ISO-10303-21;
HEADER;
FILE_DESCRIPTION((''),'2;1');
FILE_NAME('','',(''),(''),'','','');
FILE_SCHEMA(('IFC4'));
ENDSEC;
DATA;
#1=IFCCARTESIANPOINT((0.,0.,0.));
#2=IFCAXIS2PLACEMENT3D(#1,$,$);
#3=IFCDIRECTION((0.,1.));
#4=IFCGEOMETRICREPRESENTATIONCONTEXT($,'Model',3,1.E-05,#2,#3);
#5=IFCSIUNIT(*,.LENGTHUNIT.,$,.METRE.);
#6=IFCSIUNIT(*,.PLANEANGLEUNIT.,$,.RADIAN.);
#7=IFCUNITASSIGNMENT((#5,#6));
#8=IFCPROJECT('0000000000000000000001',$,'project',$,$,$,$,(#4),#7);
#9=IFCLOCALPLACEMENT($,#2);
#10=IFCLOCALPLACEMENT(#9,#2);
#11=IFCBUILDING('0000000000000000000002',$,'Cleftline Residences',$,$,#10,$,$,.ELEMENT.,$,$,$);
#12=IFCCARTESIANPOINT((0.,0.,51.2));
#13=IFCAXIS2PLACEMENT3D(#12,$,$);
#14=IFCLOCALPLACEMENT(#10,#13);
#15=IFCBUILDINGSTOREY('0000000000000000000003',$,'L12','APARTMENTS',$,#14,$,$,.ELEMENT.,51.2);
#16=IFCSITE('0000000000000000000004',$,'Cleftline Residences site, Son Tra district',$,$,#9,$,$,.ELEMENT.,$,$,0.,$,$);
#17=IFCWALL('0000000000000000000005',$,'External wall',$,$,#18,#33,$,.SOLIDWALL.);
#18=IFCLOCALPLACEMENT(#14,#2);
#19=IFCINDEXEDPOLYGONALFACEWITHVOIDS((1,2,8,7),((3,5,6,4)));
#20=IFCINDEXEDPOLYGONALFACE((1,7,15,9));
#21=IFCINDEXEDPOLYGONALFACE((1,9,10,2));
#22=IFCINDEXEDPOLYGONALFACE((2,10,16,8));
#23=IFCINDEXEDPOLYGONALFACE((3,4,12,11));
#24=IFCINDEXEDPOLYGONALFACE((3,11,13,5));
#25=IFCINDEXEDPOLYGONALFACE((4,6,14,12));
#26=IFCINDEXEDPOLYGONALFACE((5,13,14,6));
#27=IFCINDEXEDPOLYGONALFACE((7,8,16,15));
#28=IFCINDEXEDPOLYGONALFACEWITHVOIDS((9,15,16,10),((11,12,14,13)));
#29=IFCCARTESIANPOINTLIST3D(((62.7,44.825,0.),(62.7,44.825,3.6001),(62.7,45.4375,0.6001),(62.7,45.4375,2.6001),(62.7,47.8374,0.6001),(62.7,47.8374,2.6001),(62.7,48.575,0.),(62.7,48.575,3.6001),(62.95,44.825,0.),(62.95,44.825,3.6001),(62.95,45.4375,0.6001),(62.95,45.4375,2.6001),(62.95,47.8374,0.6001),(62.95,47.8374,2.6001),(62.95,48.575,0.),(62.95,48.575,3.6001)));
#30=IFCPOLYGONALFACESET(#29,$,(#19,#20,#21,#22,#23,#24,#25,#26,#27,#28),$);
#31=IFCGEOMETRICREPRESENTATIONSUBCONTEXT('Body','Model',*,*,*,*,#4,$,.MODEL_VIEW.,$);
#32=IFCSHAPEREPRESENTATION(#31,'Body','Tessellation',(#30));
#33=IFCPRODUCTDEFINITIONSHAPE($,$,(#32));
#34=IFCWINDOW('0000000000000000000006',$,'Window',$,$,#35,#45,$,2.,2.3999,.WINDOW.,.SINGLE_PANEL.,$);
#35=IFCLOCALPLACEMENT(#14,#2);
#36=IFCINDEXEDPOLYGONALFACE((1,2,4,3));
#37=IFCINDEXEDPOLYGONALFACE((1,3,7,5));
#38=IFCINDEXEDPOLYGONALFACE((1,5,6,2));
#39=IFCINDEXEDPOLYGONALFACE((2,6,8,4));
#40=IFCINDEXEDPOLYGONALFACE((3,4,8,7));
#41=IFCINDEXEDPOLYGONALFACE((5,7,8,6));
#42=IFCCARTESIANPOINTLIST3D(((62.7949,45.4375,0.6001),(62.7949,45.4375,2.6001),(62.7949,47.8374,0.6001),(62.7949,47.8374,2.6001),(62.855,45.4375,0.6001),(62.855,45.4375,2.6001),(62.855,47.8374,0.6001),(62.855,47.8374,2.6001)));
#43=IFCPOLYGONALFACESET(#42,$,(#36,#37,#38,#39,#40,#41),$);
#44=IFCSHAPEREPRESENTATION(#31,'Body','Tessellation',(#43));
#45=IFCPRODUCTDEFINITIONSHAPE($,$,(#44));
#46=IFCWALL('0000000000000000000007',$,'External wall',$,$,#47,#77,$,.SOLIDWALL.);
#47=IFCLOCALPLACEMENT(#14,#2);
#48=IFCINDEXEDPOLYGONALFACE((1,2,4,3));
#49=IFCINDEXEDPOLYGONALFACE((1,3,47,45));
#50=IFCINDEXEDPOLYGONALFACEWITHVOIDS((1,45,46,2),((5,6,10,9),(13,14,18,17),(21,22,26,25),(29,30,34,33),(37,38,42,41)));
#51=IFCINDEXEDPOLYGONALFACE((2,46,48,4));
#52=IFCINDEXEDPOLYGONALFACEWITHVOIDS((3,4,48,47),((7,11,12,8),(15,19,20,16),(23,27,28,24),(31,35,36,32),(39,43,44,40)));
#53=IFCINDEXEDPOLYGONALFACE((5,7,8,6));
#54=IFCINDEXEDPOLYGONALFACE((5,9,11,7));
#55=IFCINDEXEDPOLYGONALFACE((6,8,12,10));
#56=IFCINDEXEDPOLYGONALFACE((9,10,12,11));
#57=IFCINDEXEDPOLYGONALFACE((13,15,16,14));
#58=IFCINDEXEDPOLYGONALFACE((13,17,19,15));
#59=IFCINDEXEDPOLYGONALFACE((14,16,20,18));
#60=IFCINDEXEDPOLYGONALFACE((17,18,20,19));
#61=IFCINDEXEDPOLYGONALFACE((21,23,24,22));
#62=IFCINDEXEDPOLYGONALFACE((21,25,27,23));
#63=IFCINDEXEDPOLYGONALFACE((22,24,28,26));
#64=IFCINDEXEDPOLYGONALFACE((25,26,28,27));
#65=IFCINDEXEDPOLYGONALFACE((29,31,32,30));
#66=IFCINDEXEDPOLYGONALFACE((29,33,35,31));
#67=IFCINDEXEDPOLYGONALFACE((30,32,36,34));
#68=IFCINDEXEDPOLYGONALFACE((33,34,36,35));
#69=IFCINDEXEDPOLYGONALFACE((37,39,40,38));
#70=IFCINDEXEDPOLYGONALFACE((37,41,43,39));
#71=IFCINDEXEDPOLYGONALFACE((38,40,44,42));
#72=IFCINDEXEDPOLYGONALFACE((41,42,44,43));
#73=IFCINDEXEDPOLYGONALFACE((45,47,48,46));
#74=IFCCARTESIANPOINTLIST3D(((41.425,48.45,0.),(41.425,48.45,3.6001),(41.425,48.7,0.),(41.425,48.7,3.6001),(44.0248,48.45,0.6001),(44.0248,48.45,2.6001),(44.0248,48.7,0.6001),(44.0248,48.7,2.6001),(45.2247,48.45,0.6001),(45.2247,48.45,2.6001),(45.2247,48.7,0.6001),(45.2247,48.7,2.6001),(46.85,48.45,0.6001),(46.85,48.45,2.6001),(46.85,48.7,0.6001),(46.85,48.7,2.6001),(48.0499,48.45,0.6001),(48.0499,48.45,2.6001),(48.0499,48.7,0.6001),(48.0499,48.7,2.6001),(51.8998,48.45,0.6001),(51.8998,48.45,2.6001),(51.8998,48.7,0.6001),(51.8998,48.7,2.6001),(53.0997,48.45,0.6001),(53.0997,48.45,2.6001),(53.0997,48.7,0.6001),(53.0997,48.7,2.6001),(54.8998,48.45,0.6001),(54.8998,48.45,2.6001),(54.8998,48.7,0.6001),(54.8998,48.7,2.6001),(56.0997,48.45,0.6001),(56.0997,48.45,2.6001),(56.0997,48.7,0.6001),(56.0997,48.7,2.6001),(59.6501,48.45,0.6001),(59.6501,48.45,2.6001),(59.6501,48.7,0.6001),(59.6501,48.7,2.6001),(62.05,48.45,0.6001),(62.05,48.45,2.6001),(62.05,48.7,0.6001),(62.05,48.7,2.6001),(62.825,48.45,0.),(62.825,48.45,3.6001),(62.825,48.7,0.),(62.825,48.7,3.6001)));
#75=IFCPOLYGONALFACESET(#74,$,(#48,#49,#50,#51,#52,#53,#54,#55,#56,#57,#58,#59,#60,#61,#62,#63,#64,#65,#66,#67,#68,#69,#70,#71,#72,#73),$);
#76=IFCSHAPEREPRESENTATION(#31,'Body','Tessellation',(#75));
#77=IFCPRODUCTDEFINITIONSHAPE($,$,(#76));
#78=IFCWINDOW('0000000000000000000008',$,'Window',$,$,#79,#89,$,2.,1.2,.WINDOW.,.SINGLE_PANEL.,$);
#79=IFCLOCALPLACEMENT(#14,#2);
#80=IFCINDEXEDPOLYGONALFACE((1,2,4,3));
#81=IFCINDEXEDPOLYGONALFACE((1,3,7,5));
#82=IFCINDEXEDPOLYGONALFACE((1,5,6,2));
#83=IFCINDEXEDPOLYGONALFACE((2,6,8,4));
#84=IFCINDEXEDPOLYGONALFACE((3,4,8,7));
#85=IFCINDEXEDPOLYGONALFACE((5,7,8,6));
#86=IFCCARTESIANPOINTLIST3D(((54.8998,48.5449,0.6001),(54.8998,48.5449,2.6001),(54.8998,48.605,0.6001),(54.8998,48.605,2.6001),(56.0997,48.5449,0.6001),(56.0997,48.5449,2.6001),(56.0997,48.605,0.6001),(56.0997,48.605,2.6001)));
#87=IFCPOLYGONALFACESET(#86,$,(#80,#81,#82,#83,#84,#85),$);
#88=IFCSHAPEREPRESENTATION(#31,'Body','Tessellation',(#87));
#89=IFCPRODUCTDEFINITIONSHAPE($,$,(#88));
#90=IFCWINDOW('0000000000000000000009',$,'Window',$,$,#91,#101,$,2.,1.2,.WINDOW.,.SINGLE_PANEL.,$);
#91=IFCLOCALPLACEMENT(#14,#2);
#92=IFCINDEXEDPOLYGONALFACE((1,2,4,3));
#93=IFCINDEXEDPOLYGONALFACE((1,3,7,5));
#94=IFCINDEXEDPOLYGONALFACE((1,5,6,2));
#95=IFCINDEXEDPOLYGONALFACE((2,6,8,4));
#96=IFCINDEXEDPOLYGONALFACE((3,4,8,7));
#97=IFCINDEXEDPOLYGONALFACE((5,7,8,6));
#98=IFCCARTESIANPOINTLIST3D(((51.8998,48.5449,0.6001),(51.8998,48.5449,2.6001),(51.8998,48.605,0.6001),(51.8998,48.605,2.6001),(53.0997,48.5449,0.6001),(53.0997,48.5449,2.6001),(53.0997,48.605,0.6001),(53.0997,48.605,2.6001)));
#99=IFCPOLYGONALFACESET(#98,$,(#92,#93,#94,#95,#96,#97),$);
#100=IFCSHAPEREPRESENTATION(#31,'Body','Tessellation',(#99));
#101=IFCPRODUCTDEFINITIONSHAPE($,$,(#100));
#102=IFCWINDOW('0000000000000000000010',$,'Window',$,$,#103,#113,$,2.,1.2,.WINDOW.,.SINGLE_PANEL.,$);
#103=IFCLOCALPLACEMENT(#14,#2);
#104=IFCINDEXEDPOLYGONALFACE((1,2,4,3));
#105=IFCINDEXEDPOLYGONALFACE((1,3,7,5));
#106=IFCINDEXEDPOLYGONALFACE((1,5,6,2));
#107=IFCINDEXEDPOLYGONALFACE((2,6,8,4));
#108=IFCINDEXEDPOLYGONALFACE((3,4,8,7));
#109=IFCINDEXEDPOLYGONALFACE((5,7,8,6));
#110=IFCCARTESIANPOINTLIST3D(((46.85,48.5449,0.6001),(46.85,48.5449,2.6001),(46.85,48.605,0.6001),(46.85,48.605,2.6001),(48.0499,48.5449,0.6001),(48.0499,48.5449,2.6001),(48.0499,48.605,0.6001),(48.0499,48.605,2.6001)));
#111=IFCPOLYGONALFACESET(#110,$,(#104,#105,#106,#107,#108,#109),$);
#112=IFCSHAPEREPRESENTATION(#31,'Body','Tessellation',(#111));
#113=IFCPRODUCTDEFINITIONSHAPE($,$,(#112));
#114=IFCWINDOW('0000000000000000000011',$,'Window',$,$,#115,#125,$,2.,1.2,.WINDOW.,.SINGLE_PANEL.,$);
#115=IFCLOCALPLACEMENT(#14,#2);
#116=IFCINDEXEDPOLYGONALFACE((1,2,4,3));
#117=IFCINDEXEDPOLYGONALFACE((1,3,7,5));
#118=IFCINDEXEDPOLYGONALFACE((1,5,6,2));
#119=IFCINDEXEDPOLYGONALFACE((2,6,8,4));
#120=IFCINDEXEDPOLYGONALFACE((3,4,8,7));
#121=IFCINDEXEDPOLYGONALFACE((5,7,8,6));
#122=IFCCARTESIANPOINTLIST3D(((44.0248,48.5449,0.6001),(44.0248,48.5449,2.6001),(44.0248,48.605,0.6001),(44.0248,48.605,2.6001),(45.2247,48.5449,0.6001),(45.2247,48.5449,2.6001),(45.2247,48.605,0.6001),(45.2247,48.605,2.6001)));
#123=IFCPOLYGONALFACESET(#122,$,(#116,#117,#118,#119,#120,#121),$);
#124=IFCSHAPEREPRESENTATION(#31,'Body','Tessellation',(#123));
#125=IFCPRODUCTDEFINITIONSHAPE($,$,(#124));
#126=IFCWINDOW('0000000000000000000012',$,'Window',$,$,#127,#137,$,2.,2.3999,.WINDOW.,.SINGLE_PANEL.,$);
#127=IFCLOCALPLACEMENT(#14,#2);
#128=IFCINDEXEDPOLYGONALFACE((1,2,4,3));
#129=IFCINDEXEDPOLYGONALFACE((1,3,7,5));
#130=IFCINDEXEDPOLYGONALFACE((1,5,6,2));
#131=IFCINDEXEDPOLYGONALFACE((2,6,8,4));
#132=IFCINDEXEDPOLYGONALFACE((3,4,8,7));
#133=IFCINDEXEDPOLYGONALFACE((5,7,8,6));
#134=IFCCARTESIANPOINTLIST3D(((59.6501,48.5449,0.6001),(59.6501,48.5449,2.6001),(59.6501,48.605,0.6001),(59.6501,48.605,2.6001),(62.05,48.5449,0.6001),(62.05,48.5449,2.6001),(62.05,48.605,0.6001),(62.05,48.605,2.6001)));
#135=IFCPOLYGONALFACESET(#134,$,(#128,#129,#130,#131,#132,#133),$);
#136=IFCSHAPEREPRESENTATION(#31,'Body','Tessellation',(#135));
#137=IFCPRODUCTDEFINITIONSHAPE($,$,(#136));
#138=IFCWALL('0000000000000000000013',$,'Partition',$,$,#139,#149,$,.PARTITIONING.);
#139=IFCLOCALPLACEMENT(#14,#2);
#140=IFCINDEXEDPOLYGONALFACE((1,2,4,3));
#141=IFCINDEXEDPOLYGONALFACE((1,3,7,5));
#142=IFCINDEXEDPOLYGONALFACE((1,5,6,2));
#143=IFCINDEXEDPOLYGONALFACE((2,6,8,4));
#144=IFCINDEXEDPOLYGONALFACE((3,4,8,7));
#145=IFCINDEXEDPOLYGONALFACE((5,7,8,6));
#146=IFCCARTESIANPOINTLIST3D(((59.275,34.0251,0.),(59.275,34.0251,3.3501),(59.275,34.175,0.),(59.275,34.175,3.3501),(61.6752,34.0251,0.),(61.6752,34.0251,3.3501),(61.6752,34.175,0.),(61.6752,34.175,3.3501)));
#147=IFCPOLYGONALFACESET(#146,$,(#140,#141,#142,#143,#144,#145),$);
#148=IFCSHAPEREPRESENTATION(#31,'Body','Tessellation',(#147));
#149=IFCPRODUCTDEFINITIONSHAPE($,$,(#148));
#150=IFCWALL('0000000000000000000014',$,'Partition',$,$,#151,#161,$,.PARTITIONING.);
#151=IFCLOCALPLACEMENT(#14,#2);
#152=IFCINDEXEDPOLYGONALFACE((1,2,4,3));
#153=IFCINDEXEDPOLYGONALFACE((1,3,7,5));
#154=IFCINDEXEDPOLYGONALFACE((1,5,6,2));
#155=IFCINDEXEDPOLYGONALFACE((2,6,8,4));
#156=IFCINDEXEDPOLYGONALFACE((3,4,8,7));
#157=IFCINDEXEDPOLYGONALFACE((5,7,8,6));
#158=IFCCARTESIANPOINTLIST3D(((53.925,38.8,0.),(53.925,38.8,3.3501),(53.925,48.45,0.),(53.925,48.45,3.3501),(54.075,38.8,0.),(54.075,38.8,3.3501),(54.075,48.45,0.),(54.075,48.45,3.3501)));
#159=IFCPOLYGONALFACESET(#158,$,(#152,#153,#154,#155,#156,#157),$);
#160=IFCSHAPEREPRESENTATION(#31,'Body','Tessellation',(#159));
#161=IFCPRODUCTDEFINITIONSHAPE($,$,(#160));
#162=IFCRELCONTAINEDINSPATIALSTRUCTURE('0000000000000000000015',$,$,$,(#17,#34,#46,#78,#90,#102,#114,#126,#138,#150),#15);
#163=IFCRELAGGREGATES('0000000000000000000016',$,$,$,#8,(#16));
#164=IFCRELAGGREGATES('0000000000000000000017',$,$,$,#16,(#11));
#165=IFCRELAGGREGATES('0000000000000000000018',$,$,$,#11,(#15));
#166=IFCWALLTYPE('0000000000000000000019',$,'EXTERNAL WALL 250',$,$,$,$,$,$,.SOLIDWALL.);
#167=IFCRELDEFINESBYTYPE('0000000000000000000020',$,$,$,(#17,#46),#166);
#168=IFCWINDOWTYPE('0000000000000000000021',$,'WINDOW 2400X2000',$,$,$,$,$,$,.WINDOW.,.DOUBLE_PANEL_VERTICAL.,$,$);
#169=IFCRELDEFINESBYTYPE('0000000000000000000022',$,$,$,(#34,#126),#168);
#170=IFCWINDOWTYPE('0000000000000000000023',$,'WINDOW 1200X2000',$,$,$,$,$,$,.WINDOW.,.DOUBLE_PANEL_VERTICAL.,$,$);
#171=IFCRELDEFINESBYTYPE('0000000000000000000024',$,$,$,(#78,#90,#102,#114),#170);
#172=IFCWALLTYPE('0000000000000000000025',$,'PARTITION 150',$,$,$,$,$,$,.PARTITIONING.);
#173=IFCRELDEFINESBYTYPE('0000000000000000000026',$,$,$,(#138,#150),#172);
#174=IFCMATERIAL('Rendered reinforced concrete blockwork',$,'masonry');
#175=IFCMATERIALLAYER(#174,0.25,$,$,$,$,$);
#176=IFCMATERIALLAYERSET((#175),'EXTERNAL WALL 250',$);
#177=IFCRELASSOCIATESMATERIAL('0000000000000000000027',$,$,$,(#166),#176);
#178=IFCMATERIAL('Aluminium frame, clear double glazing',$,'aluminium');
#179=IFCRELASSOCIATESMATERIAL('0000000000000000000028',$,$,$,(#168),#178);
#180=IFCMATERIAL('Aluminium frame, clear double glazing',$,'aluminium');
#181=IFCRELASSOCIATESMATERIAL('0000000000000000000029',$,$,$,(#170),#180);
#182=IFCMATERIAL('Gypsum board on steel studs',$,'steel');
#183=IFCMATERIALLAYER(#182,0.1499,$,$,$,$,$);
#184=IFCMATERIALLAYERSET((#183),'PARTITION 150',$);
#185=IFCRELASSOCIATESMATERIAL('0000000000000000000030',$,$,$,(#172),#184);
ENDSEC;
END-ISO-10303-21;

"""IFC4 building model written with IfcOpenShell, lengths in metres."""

from ifc_helpers import new_model, si_unit, direction, frame, frame_2d, origin, place, context, subcontext, project, spatial, rectangle, extrude, material, layer, layer_set, type_object, element, fill, save


model = new_model("IFC4")

# Units and contexts
model_context = context("Model", 3, precision=1e-05, world=origin(), true_north=direction((0.0, 1.0)))
body_context = subcontext(model_context, "Body", "Model", "MODEL_VIEW")
ifc_project = project(units=[si_unit("LENGTHUNIT", "METRE"), si_unit("PLANEANGLEUNIT", "RADIAN")], contexts=[model_context])

# Site, building, storey
site_placement = place(None, origin())
site = spatial("IfcSite", under=ifc_project, at=site_placement, Name="Cleftline Residences site, Son Tra district", CompositionType="ELEMENT", RefElevation=0.0)
building_placement = place(site_placement, origin())
building = spatial("IfcBuilding", under=site, at=building_placement, Name="Cleftline Residences", CompositionType="ELEMENT")
storey_placement = place(building_placement, frame((0.0, 0.0, 51.2)))
storey = spatial("IfcBuildingStorey", under=building, at=storey_placement, Name="L12", Description="APARTMENTS", CompositionType="ELEMENT", Elevation=51.2)

# Wall, opening, window
ifc_material_1 = material(Name="Rendered reinforced concrete blockwork", Category="masonry")
ifc_layer_1 = layer(ifc_material_1, 0.25)
ifc_layer_set_1 = layer_set([ifc_layer_1], Name="EXTERNAL WALL 250")
wall_type_1 = type_object("IfcWallType", Name="EXTERNAL WALL 250", PredefinedType="SOLIDWALL", material=ifc_layer_set_1)
ifc_material_2 = material(Name="Aluminium frame, clear double glazing", Category="aluminium")
window_type_1 = type_object("IfcWindowType", Name="WINDOW 2400X2000", PartitioningType="DOUBLE_PANEL_VERTICAL", PredefinedType="WINDOW", material=ifc_material_2)
wall_1_placement = place(storey_placement, frame((62.825, 44.825, 0.0), z_axis=(0.0, 0.0, 1.0), x_axis=(0.0, 1.0, 0.0)))
wall_1 = element("IfcWall", 1, at=wall_1_placement, inside=storey, type_object=wall_type_1, Name="External wall", PredefinedType="SOLIDWALL", context=body_context, shape_type="SweptSolid", body=[
    extrude(rectangle(XDim=3.75, YDim=0.25, at=frame_2d((1.875, 0.0))), origin(), (0.0, 0.0, 1.0), 3.6001),
])
opening_1_placement = place(wall_1_placement, frame((0.6125, 0.0, 0.6001)))
opening_1 = element("IfcOpeningElement", 2, at=opening_1_placement, cuts=wall_1, PredefinedType="OPENING", context=body_context, shape_type="SweptSolid", body=[
    extrude(rectangle(XDim=2.3999, YDim=2.0, at=frame_2d((1.2, 1.0))), frame((0.0, 0.135, 0.0), z_axis=(0.0, -1.0, 0.0), x_axis=(1.0, 0.0, 0.0)), (0.0, 0.0, 1.0), 0.27),
])
window_1_placement = place(opening_1_placement, origin())
window_1 = element("IfcWindow", 3, at=window_1_placement, inside=storey, type_object=window_type_1, Name="Window", OverallHeight=2.0, OverallWidth=2.3999, PartitioningType="SINGLE_PANEL", PredefinedType="WINDOW", context=body_context, shape_type="SweptSolid", body=[
    extrude(rectangle(XDim=2.3999, YDim=2.0, at=frame_2d((1.2, 1.0))), frame((0.0, 0.03, 0.0), z_axis=(0.0, -1.0, 0.0), x_axis=(1.0, 0.0, 0.0)), (0.0, 0.0, 1.0), 0.0601),
])
fill(opening_1, window_1)

# Wall, openings, windows
wall_2_placement = place(storey_placement, frame((62.825, 48.575, 0.0), z_axis=(0.0, 0.0, 1.0), x_axis=(-1.0, 0.0, 0.0)))
wall_2 = element("IfcWall", 4, at=wall_2_placement, inside=storey, type_object=wall_type_1, Name="External wall", PredefinedType="SOLIDWALL", context=body_context, shape_type="SweptSolid", body=[
    extrude(rectangle(XDim=21.3999, YDim=0.25, at=frame_2d((10.7, 0.0))), origin(), (0.0, 0.0, 1.0), 3.6001),
])
opening_2_placement = place(wall_2_placement, frame((0.7749, 0.0, 0.6001)))
opening_2 = element("IfcOpeningElement", 5, at=opening_2_placement, cuts=wall_2, PredefinedType="OPENING", context=body_context, shape_type="SweptSolid", body=[
    extrude(rectangle(XDim=2.3999, YDim=2.0, at=frame_2d((1.2, 1.0))), frame((0.0, 0.135, 0.0), z_axis=(0.0, -1.0, 0.0), x_axis=(1.0, 0.0, 0.0)), (0.0, 0.0, 1.0), 0.27),
])
opening_3_placement = place(wall_2_placement, frame((6.7251, 0.0, 0.6001)))
opening_3 = element("IfcOpeningElement", 6, at=opening_3_placement, cuts=wall_2, PredefinedType="OPENING", context=body_context, shape_type="SweptSolid", body=[
    extrude(rectangle(XDim=1.2, YDim=2.0, at=frame_2d((0.6001, 1.0))), frame((0.0, 0.135, 0.0), z_axis=(0.0, -1.0, 0.0), x_axis=(1.0, 0.0, 0.0)), (0.0, 0.0, 1.0), 0.27),
])
opening_4_placement = place(wall_2_placement, frame((9.7251, 0.0, 0.6001)))
opening_4 = element("IfcOpeningElement", 7, at=opening_4_placement, cuts=wall_2, PredefinedType="OPENING", context=body_context, shape_type="SweptSolid", body=[
    extrude(rectangle(XDim=1.2, YDim=2.0, at=frame_2d((0.6001, 1.0))), frame((0.0, 0.135, 0.0), z_axis=(0.0, -1.0, 0.0), x_axis=(1.0, 0.0, 0.0)), (0.0, 0.0, 1.0), 0.27),
])
opening_5_placement = place(wall_2_placement, frame((14.7749, 0.0, 0.6001)))
opening_5 = element("IfcOpeningElement", 8, at=opening_5_placement, cuts=wall_2, PredefinedType="OPENING", context=body_context, shape_type="SweptSolid", body=[
    extrude(rectangle(XDim=1.2, YDim=2.0, at=frame_2d((0.6001, 1.0))), frame((0.0, 0.135, 0.0), z_axis=(0.0, -1.0, 0.0), x_axis=(1.0, 0.0, 0.0)), (0.0, 0.0, 1.0), 0.27),
])
opening_6_placement = place(wall_2_placement, frame((17.6001, 0.0, 0.6001)))
opening_6 = element("IfcOpeningElement", 9, at=opening_6_placement, cuts=wall_2, PredefinedType="OPENING", context=body_context, shape_type="SweptSolid", body=[
    extrude(rectangle(XDim=1.2, YDim=2.0, at=frame_2d((0.6001, 1.0))), frame((0.0, 0.135, 0.0), z_axis=(0.0, -1.0, 0.0), x_axis=(1.0, 0.0, 0.0)), (0.0, 0.0, 1.0), 0.27),
])
ifc_material_3 = material(Name="Aluminium frame, clear double glazing", Category="aluminium")
window_type_2 = type_object("IfcWindowType", Name="WINDOW 1200X2000", PartitioningType="DOUBLE_PANEL_VERTICAL", PredefinedType="WINDOW", material=ifc_material_3)
window_2_placement = place(opening_3_placement, origin())
window_2 = element("IfcWindow", 10, at=window_2_placement, inside=storey, type_object=window_type_2, Name="Window", OverallHeight=2.0, OverallWidth=1.2, PartitioningType="SINGLE_PANEL", PredefinedType="WINDOW", context=body_context, shape_type="SweptSolid", body=[
    extrude(rectangle(XDim=1.2, YDim=2.0, at=frame_2d((0.6001, 1.0))), frame((0.0, 0.03, 0.0), z_axis=(0.0, -1.0, 0.0), x_axis=(1.0, 0.0, 0.0)), (0.0, 0.0, 1.0), 0.0601),
])
fill(opening_3, window_2)
window_3_placement = place(opening_4_placement, origin())
window_3 = element("IfcWindow", 11, at=window_3_placement, inside=storey, type_object=window_type_2, Name="Window", OverallHeight=2.0, OverallWidth=1.2, PartitioningType="SINGLE_PANEL", PredefinedType="WINDOW", context=body_context, shape_type="SweptSolid", body=[
    extrude(rectangle(XDim=1.2, YDim=2.0, at=frame_2d((0.6001, 1.0))), frame((0.0, 0.03, 0.0), z_axis=(0.0, -1.0, 0.0), x_axis=(1.0, 0.0, 0.0)), (0.0, 0.0, 1.0), 0.0601),
])
fill(opening_4, window_3)
window_4_placement = place(opening_5_placement, origin())
window_4 = element("IfcWindow", 12, at=window_4_placement, inside=storey, type_object=window_type_2, Name="Window", OverallHeight=2.0, OverallWidth=1.2, PartitioningType="SINGLE_PANEL", PredefinedType="WINDOW", context=body_context, shape_type="SweptSolid", body=[
    extrude(rectangle(XDim=1.2, YDim=2.0, at=frame_2d((0.6001, 1.0))), frame((0.0, 0.03, 0.0), z_axis=(0.0, -1.0, 0.0), x_axis=(1.0, 0.0, 0.0)), (0.0, 0.0, 1.0), 0.0601),
])
fill(opening_5, window_4)
window_5_placement = place(opening_6_placement, origin())
window_5 = element("IfcWindow", 13, at=window_5_placement, inside=storey, type_object=window_type_2, Name="Window", OverallHeight=2.0, OverallWidth=1.2, PartitioningType="SINGLE_PANEL", PredefinedType="WINDOW", context=body_context, shape_type="SweptSolid", body=[
    extrude(rectangle(XDim=1.2, YDim=2.0, at=frame_2d((0.6001, 1.0))), frame((0.0, 0.03, 0.0), z_axis=(0.0, -1.0, 0.0), x_axis=(1.0, 0.0, 0.0)), (0.0, 0.0, 1.0), 0.0601),
])
fill(opening_6, window_5)
window_6_placement = place(opening_2_placement, origin())
window_6 = element("IfcWindow", 14, at=window_6_placement, inside=storey, type_object=window_type_1, Name="Window", OverallHeight=2.0, OverallWidth=2.3999, PartitioningType="SINGLE_PANEL", PredefinedType="WINDOW", context=body_context, shape_type="SweptSolid", body=[
    extrude(rectangle(XDim=2.3999, YDim=2.0, at=frame_2d((1.2, 1.0))), frame((0.0, 0.03, 0.0), z_axis=(0.0, -1.0, 0.0), x_axis=(1.0, 0.0, 0.0)), (0.0, 0.0, 1.0), 0.0601),
])
fill(opening_2, window_6)

# Walls
ifc_material_4 = material(Name="Gypsum board on steel studs", Category="steel")
ifc_layer_2 = layer(ifc_material_4, 0.1499)
ifc_layer_set_2 = layer_set([ifc_layer_2], Name="PARTITION 150")
wall_type_2 = type_object("IfcWallType", Name="PARTITION 150", PredefinedType="PARTITIONING", material=ifc_layer_set_2)
wall_3_placement = place(storey_placement, frame((59.2749, 34.1001, 0.0), z_axis=(0.0, 0.0, 1.0), x_axis=(1.0, 0.0, 0.0)))
element("IfcWall", 15, at=wall_3_placement, inside=storey, type_object=wall_type_2, Name="Partition", PredefinedType="PARTITIONING", context=body_context, shape_type="SweptSolid", body=[
    extrude(rectangle(XDim=2.4001, YDim=0.1499, at=frame_2d((1.2002, 0.0))), origin(), (0.0, 0.0, 1.0), 3.3501),
])
wall_4_placement = place(storey_placement, frame((54.0, 38.8, 0.0), z_axis=(0.0, 0.0, 1.0), x_axis=(0.0, 1.0, 0.0)))
element("IfcWall", 16, at=wall_4_placement, inside=storey, type_object=wall_type_2, Name="Partition", PredefinedType="PARTITIONING", context=body_context, shape_type="SweptSolid", body=[
    extrude(rectangle(XDim=9.6499, YDim=0.1499, at=frame_2d((4.825, 0.0))), origin(), (0.0, 0.0, 1.0), 3.3501),
])

save(model, "model.ifc")
